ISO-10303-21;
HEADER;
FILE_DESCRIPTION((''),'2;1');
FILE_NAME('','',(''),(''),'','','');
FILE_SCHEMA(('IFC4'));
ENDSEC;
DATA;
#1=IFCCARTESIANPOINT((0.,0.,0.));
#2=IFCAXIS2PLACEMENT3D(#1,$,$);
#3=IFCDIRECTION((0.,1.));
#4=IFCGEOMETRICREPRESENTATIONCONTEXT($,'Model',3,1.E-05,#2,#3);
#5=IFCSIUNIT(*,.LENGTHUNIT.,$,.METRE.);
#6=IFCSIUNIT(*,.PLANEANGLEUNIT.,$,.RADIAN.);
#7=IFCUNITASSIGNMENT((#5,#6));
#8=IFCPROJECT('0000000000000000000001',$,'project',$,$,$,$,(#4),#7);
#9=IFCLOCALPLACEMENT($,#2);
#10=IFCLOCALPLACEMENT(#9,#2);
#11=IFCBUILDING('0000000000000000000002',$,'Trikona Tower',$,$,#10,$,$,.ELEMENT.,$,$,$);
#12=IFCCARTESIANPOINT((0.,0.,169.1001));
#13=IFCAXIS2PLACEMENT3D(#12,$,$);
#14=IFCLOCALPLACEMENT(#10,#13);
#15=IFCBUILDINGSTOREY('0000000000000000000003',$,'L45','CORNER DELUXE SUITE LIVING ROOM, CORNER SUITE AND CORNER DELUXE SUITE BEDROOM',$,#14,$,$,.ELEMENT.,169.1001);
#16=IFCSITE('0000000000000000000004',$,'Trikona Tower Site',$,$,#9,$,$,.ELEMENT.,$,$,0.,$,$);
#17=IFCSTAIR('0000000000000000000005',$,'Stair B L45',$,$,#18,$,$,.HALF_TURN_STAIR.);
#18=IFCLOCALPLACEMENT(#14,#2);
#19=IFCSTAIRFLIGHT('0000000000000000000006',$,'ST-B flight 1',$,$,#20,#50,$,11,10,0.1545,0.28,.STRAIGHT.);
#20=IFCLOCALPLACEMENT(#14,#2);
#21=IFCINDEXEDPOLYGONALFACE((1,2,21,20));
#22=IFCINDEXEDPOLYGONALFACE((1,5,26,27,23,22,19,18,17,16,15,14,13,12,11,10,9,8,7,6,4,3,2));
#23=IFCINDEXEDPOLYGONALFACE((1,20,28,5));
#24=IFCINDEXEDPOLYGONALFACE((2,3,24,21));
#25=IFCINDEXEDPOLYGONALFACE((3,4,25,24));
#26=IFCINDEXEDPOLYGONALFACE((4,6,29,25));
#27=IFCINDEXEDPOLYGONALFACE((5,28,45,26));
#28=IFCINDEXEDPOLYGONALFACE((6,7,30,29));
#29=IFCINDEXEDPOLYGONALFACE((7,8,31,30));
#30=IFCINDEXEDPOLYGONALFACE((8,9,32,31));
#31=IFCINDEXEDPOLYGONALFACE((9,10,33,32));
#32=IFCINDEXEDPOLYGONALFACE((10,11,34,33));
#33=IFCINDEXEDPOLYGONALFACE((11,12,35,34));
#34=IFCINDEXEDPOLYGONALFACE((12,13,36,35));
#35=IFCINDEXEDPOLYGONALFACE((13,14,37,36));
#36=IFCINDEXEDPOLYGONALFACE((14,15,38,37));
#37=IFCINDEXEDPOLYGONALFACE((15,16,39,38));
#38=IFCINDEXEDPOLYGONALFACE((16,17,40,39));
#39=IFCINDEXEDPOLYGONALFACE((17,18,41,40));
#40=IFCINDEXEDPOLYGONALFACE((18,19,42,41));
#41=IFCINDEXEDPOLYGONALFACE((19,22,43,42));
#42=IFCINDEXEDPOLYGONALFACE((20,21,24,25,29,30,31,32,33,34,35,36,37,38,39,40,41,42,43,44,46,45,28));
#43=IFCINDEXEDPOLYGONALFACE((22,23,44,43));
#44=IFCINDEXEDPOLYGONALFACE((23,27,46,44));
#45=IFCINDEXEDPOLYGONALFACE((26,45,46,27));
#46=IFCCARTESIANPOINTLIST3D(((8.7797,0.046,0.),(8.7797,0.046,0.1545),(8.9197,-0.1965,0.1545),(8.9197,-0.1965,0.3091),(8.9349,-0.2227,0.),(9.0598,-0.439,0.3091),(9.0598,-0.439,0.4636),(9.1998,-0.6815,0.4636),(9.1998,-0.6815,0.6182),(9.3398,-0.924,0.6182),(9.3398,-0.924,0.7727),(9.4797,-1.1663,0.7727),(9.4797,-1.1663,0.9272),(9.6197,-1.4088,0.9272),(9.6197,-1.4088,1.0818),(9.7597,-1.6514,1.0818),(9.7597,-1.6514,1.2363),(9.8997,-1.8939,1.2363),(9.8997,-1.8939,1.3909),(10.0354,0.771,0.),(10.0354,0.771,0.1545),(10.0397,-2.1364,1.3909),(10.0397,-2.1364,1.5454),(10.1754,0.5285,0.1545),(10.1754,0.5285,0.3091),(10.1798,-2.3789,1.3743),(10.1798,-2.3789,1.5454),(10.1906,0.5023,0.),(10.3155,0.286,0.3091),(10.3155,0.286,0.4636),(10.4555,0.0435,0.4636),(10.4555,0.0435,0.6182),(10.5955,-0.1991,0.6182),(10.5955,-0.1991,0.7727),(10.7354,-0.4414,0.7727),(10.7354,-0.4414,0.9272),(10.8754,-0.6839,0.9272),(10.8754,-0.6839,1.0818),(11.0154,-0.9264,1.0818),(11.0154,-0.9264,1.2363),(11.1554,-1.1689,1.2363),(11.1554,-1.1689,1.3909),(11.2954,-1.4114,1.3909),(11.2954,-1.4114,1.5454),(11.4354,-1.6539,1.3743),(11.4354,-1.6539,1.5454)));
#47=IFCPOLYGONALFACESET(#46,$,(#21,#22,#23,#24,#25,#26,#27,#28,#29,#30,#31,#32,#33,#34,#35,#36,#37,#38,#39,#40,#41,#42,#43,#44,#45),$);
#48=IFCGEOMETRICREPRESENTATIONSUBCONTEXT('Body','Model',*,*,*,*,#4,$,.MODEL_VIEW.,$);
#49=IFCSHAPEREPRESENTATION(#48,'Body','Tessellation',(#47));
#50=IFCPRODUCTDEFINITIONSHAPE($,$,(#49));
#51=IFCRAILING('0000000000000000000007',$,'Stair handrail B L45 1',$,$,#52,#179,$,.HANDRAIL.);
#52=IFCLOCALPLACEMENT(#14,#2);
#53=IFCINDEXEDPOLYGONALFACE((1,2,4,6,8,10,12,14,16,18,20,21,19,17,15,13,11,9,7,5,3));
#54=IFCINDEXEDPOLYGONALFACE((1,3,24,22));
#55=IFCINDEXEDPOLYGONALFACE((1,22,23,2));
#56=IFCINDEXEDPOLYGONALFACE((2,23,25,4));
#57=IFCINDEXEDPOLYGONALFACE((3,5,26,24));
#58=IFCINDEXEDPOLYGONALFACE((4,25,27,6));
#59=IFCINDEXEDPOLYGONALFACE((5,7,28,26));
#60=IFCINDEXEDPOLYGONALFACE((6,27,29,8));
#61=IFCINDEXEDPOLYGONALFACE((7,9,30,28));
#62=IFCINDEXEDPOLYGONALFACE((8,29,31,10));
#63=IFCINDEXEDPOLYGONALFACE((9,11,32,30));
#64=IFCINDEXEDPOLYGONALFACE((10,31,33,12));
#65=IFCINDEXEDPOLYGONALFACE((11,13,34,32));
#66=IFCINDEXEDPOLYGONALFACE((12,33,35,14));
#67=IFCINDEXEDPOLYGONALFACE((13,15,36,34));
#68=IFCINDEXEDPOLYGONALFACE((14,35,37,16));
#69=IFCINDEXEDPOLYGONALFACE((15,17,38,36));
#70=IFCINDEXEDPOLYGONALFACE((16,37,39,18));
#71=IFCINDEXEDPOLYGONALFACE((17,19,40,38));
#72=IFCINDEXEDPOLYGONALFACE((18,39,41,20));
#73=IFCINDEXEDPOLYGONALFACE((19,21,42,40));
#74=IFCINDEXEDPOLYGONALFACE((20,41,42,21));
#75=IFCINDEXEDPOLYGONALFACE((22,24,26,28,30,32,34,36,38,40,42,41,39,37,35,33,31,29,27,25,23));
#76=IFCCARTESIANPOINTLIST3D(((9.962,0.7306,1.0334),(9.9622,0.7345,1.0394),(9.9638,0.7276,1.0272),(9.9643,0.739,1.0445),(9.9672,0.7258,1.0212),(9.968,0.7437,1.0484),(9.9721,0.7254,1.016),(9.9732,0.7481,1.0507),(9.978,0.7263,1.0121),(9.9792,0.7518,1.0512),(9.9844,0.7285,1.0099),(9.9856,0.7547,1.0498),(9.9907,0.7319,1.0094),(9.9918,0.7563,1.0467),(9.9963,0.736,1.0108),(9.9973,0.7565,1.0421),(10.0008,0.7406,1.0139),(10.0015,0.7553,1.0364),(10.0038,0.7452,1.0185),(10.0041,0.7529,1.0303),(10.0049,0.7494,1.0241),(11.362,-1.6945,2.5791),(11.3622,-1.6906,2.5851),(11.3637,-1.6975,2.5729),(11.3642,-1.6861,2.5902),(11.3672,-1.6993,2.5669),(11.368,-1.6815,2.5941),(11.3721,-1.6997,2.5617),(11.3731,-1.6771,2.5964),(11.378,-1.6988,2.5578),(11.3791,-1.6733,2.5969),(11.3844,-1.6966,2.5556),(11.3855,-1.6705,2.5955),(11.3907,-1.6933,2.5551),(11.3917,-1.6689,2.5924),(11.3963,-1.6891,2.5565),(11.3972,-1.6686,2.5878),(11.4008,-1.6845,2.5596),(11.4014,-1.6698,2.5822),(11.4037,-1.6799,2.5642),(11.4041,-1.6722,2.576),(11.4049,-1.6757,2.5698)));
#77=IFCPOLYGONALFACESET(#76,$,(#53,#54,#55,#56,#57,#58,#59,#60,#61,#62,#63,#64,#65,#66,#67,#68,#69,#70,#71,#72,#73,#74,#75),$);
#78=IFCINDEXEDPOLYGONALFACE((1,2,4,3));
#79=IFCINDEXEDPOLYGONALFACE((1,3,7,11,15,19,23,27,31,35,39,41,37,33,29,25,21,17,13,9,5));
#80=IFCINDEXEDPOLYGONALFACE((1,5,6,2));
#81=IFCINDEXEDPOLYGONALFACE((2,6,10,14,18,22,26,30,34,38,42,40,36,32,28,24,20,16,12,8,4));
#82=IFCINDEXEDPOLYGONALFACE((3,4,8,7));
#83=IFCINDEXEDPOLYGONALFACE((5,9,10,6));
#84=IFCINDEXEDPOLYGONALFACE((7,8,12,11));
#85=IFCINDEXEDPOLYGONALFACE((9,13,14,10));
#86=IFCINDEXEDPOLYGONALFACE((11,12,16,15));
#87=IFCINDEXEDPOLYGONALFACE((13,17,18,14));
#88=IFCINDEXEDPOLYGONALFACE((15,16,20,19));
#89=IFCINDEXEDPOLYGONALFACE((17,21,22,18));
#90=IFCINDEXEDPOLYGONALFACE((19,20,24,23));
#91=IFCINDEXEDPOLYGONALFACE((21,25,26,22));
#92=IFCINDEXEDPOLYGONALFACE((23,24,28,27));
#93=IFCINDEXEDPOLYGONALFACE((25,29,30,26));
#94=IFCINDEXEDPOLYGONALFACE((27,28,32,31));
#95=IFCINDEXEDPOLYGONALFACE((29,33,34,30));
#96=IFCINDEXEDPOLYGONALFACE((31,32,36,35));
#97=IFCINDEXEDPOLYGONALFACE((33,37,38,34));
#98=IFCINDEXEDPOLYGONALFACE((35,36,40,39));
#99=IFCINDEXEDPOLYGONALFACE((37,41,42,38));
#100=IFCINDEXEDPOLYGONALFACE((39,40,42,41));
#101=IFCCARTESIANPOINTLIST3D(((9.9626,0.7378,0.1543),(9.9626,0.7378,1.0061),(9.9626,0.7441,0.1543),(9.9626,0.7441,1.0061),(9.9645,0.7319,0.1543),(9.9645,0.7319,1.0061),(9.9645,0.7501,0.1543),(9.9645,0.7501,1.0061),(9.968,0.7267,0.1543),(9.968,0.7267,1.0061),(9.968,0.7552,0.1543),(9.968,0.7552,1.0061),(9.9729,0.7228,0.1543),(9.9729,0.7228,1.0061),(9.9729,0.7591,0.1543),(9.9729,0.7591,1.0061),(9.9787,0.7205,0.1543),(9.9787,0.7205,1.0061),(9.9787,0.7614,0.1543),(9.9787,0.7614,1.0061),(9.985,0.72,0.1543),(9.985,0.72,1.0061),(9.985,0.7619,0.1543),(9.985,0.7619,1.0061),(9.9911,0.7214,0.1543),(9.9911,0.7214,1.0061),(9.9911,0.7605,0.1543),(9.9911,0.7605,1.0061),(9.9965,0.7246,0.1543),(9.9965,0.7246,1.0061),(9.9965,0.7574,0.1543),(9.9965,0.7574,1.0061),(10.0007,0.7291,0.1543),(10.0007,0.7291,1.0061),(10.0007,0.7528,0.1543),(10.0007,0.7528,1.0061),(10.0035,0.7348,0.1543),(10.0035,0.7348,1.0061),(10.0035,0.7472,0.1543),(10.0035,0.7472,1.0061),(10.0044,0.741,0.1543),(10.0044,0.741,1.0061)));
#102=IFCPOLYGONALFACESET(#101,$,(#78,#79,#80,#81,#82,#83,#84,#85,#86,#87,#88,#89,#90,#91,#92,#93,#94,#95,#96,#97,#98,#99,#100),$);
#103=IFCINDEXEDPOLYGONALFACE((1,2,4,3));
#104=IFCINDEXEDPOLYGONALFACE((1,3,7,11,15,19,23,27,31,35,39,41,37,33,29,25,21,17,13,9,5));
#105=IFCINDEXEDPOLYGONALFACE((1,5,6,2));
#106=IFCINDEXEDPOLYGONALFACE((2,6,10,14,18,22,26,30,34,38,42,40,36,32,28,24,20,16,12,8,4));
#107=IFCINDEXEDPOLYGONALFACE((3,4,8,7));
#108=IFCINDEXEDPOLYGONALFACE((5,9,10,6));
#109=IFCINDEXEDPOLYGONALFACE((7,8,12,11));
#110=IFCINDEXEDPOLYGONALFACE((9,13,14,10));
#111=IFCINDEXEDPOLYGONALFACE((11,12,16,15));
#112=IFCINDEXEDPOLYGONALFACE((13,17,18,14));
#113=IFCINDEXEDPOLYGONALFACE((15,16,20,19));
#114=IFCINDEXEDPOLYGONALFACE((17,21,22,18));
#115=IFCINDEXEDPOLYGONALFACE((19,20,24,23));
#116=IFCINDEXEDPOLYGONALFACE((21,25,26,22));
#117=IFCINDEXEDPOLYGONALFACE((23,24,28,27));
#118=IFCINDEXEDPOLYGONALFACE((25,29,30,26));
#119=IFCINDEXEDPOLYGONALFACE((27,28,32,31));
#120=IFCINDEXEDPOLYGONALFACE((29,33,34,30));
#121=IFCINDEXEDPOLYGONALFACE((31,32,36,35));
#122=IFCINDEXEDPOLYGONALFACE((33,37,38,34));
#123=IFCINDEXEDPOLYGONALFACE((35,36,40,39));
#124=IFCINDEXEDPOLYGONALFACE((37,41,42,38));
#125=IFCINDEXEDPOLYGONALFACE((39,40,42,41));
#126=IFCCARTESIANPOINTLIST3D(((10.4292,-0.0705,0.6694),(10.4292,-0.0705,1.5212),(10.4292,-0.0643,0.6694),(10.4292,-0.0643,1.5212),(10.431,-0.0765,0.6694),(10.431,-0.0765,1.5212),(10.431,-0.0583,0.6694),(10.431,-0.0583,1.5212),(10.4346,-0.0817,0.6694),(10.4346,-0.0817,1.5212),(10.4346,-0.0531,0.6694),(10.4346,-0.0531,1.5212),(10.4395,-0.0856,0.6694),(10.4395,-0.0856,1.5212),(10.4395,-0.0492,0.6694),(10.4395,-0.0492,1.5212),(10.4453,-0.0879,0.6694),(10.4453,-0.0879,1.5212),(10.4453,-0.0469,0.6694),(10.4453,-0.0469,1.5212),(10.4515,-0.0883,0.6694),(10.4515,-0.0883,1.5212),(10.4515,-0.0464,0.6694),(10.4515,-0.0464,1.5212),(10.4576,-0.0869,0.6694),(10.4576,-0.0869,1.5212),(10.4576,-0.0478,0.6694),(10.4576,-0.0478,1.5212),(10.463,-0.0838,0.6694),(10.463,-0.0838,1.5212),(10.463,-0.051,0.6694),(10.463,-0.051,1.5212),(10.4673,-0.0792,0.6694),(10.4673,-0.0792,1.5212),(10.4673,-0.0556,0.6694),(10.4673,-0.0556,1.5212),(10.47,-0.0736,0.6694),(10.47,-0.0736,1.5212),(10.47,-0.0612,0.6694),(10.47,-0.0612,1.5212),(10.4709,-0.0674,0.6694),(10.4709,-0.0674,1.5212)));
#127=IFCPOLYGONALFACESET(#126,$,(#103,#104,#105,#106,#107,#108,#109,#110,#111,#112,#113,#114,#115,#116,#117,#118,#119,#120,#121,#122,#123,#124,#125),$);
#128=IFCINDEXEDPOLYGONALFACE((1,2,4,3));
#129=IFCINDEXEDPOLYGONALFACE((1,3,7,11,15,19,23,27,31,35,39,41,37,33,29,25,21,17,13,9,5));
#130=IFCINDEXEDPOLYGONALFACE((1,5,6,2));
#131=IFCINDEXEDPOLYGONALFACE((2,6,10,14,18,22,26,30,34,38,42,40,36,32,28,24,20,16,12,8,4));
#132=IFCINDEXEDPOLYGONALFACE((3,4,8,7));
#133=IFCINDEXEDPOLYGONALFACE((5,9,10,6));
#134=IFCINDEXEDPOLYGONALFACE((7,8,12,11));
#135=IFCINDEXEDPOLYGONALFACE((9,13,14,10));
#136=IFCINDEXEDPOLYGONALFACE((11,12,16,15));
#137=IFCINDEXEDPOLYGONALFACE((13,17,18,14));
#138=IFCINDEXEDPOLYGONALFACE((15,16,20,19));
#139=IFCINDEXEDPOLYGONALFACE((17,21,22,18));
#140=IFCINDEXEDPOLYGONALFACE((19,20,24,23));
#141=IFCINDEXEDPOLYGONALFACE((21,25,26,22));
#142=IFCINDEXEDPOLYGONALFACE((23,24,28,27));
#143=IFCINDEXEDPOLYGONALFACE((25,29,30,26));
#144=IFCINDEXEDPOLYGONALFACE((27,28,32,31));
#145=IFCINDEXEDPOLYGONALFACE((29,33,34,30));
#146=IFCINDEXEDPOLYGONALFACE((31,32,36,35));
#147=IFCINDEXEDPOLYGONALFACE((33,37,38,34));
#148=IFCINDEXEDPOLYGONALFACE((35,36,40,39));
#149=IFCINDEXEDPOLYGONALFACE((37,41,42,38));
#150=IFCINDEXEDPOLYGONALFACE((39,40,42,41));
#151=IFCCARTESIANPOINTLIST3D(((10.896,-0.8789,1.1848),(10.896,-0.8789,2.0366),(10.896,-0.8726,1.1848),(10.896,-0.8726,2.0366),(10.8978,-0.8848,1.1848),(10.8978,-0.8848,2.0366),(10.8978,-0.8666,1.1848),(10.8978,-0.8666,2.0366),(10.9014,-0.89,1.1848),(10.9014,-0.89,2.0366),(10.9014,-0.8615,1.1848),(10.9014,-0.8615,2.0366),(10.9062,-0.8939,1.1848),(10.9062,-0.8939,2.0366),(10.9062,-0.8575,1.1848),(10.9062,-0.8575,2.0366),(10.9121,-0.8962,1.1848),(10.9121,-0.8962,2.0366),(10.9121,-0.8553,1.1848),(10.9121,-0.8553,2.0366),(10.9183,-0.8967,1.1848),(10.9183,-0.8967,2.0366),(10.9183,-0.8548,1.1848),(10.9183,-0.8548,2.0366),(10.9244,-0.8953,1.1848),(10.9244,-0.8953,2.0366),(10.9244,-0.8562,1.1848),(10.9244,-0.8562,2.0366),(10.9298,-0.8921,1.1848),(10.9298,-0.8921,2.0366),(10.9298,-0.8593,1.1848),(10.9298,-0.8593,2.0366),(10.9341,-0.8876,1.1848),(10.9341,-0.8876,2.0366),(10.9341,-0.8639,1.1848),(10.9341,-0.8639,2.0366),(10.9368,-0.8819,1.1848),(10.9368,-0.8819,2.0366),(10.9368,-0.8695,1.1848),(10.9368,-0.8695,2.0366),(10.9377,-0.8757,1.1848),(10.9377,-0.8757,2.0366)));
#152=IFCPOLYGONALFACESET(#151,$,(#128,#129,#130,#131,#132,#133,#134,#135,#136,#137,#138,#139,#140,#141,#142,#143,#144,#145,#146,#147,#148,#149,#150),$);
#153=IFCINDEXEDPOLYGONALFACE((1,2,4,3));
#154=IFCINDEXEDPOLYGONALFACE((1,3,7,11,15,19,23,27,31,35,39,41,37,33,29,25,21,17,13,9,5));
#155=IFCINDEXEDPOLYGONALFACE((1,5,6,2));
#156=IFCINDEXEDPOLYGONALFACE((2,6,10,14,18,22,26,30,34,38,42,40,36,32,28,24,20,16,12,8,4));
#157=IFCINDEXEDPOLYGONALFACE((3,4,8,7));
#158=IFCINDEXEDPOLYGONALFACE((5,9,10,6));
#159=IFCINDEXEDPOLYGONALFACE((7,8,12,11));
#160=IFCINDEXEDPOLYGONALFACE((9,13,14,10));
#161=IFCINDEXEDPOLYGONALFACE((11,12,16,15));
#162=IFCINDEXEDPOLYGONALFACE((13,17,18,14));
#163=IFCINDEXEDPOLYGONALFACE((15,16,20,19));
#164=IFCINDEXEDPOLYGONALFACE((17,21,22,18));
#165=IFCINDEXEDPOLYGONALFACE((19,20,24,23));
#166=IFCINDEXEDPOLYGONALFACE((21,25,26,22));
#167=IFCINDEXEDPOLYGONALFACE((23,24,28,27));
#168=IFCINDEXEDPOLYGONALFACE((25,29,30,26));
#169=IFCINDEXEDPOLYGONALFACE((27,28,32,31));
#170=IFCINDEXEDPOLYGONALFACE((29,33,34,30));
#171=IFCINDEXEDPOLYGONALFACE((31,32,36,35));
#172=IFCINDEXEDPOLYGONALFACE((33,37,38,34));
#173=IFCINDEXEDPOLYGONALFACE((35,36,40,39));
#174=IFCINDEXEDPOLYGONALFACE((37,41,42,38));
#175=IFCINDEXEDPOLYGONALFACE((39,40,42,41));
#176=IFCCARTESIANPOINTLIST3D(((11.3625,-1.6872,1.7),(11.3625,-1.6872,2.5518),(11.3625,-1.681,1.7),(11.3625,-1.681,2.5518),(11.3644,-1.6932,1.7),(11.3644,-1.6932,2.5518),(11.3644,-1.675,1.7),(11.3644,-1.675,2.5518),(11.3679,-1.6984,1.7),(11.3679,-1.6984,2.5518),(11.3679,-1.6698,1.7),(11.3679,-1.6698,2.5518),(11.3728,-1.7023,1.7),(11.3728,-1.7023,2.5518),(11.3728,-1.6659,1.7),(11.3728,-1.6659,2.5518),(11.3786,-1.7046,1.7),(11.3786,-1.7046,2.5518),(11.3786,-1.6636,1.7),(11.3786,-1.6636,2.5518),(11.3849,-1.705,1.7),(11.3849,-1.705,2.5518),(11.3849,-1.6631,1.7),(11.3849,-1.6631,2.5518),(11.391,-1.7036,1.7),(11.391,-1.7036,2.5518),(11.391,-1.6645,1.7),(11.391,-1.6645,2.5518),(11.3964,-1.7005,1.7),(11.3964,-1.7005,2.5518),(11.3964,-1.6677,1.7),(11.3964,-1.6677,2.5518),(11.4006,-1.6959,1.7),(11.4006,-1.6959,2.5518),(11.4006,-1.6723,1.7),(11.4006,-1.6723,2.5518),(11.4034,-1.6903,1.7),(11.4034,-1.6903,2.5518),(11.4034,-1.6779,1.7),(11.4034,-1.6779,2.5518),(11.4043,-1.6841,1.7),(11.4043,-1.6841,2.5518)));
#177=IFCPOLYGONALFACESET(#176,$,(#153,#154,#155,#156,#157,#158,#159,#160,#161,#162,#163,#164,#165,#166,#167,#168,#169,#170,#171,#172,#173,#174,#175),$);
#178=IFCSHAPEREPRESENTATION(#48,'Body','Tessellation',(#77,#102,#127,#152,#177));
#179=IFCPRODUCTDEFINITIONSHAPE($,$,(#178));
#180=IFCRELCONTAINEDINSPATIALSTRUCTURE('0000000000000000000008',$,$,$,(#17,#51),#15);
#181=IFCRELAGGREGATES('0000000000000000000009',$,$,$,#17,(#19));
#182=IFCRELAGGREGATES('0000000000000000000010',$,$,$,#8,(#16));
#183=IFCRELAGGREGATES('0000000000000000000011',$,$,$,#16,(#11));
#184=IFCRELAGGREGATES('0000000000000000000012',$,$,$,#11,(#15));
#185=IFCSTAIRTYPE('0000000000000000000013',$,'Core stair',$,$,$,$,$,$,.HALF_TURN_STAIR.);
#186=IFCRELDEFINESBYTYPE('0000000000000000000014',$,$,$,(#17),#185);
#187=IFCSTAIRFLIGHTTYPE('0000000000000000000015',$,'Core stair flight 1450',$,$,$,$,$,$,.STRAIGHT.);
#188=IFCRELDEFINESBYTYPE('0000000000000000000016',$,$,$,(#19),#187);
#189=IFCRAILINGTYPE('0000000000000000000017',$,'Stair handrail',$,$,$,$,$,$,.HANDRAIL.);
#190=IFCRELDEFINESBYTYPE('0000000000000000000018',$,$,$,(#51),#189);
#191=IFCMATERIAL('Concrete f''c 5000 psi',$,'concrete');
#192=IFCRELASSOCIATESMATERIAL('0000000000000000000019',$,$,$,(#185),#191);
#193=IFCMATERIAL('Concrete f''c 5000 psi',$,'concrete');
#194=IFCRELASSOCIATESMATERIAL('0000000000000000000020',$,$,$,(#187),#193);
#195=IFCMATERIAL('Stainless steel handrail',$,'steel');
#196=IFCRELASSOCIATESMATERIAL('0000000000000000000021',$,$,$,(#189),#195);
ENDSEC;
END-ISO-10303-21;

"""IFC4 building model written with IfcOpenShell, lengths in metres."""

from ifc_helpers import new_model, si_unit, direction, frame, origin, origin_2d, place, context, subcontext, project, spatial, polyline, circle, outline, extrude, material, type_object, element, aggregate, save


model = new_model("IFC4")

# Units and contexts
model_context = context("Model", 3, precision=1e-05, world=origin(), true_north=direction((0.0, 1.0)))
body_context = subcontext(model_context, "Body", "Model", "MODEL_VIEW")
ifc_project = project(units=[si_unit("LENGTHUNIT", "METRE"), si_unit("PLANEANGLEUNIT", "RADIAN")], contexts=[model_context])

# Site, building, storey
site_placement = place(None, origin())
site = spatial("IfcSite", under=ifc_project, at=site_placement, Name="Trikona Tower Site", CompositionType="ELEMENT", RefElevation=0.0)
building_placement = place(site_placement, origin())
building = spatial("IfcBuilding", under=site, at=building_placement, Name="Trikona Tower", CompositionType="ELEMENT")
storey_placement = place(building_placement, frame((0.0, 0.0, 169.1001)))
storey = spatial("IfcBuildingStorey", under=building, at=storey_placement, Name="L45", Description="CORNER DELUXE SUITE LIVING ROOM, CORNER SUITE AND CORNER DELUXE SUITE BEDROOM", CompositionType="ELEMENT", Elevation=169.1001)

# Stair
ifc_material_1 = material(Name="Concrete f'c 5000 psi", Category="concrete")
stair_type = type_object("IfcStairType", Name="Core stair", PredefinedType="HALF_TURN_STAIR", material=ifc_material_1)
stair_1_placement = place(storey_placement, origin())
stair_1 = element("IfcStair", 1, at=stair_1_placement, inside=storey, type_object=stair_type, Name="Stair B L45", PredefinedType="HALF_TURN_STAIR")

# Stair flight
ifc_material_2 = material(Name="Concrete f'c 5000 psi", Category="concrete")
stair_flight_type = type_object("IfcStairFlightType", Name="Core stair flight 1450", PredefinedType="STRAIGHT", material=ifc_material_2)
stair_flight_placement = place(storey_placement, frame((9.4075, 0.4084, 0.0), z_axis=(0.0, 0.0, 1.0), x_axis=(0.5, -0.866025, 0.0)))
stair_flight = element("IfcStairFlight", 2, at=stair_flight_placement, type_object=stair_flight_type, Name="ST-B flight 1", NumberOfRisers=11, NumberOfTreads=10, PredefinedType="STRAIGHT", RiserHeight=0.1545, TreadLength=0.28, context=body_context, shape_type="SweptSolid", body=[
    extrude(outline(polyline([(0.0, 0.0), (0.0, 0.1545), (0.28, 0.1545), (0.28, 0.3091), (0.5601, 0.3091), (0.5601, 0.4636), (0.8401, 0.4636), (0.8401, 0.6182), (1.1201, 0.6182), (1.1201, 0.7727), (1.3999, 0.7727), (1.3999, 0.9272), (1.6799, 0.9272), (1.6799, 1.0818), (1.96, 1.0818), (1.96, 1.2363), (2.24, 1.2363), (2.24, 1.3909), (2.52, 1.3909), (2.52, 1.5454), (2.8, 1.5454), (2.8, 1.7), (2.8, 1.3743), (0.3103, 0.0), (0.0, 0.0)])), frame((0.0, 0.7251, 0.0), z_axis=(0.0, -1.0, 0.0), x_axis=(1.0, 0.0, 0.0)), (0.0, 0.0, 1.0), 1.45),
])
aggregate(stair_1, [stair_flight])

# Railing
ifc_material_3 = material(Name="Stainless steel handrail", Category="steel")
railing_type = type_object("IfcRailingType", Name="Stair handrail", PredefinedType="HANDRAIL", material=ifc_material_3)
railing_placement = place(storey_placement, frame((9.9834, 0.741, 0.1543)))
element("IfcRailing", 3, at=railing_placement, inside=storey, type_object=railing_type, Name="Stair handrail B L45 1", PredefinedType="HANDRAIL", context=body_context, shape_type="SweptSolid", body=[
    extrude(circle(Radius=0.0239, at=origin_2d()), frame((0.0, 0.0, 0.876), z_axis=(0.437691, -0.758212, 0.483262), x_axis=(0.866056, 0.499946, 0.0)), (0.0, 0.0, 1.0), 3.1985),
    extrude(circle(Radius=0.021, at=origin_2d()), origin(), (0.0, 0.0, 1.0), 0.8518),
    extrude(circle(Radius=0.021, at=origin_2d()), frame((0.4666, -0.8083, 0.5151)), (0.0, 0.0, 1.0), 0.8518),
    extrude(circle(Radius=0.021, at=origin_2d()), frame((0.9333, -1.6167, 1.0305)), (0.0, 0.0, 1.0), 0.8518),
    extrude(circle(Radius=0.021, at=origin_2d()), frame((1.3999, -2.425, 1.5457)), (0.0, 0.0, 1.0), 0.8518),
])

save(model, "model.ifc")
